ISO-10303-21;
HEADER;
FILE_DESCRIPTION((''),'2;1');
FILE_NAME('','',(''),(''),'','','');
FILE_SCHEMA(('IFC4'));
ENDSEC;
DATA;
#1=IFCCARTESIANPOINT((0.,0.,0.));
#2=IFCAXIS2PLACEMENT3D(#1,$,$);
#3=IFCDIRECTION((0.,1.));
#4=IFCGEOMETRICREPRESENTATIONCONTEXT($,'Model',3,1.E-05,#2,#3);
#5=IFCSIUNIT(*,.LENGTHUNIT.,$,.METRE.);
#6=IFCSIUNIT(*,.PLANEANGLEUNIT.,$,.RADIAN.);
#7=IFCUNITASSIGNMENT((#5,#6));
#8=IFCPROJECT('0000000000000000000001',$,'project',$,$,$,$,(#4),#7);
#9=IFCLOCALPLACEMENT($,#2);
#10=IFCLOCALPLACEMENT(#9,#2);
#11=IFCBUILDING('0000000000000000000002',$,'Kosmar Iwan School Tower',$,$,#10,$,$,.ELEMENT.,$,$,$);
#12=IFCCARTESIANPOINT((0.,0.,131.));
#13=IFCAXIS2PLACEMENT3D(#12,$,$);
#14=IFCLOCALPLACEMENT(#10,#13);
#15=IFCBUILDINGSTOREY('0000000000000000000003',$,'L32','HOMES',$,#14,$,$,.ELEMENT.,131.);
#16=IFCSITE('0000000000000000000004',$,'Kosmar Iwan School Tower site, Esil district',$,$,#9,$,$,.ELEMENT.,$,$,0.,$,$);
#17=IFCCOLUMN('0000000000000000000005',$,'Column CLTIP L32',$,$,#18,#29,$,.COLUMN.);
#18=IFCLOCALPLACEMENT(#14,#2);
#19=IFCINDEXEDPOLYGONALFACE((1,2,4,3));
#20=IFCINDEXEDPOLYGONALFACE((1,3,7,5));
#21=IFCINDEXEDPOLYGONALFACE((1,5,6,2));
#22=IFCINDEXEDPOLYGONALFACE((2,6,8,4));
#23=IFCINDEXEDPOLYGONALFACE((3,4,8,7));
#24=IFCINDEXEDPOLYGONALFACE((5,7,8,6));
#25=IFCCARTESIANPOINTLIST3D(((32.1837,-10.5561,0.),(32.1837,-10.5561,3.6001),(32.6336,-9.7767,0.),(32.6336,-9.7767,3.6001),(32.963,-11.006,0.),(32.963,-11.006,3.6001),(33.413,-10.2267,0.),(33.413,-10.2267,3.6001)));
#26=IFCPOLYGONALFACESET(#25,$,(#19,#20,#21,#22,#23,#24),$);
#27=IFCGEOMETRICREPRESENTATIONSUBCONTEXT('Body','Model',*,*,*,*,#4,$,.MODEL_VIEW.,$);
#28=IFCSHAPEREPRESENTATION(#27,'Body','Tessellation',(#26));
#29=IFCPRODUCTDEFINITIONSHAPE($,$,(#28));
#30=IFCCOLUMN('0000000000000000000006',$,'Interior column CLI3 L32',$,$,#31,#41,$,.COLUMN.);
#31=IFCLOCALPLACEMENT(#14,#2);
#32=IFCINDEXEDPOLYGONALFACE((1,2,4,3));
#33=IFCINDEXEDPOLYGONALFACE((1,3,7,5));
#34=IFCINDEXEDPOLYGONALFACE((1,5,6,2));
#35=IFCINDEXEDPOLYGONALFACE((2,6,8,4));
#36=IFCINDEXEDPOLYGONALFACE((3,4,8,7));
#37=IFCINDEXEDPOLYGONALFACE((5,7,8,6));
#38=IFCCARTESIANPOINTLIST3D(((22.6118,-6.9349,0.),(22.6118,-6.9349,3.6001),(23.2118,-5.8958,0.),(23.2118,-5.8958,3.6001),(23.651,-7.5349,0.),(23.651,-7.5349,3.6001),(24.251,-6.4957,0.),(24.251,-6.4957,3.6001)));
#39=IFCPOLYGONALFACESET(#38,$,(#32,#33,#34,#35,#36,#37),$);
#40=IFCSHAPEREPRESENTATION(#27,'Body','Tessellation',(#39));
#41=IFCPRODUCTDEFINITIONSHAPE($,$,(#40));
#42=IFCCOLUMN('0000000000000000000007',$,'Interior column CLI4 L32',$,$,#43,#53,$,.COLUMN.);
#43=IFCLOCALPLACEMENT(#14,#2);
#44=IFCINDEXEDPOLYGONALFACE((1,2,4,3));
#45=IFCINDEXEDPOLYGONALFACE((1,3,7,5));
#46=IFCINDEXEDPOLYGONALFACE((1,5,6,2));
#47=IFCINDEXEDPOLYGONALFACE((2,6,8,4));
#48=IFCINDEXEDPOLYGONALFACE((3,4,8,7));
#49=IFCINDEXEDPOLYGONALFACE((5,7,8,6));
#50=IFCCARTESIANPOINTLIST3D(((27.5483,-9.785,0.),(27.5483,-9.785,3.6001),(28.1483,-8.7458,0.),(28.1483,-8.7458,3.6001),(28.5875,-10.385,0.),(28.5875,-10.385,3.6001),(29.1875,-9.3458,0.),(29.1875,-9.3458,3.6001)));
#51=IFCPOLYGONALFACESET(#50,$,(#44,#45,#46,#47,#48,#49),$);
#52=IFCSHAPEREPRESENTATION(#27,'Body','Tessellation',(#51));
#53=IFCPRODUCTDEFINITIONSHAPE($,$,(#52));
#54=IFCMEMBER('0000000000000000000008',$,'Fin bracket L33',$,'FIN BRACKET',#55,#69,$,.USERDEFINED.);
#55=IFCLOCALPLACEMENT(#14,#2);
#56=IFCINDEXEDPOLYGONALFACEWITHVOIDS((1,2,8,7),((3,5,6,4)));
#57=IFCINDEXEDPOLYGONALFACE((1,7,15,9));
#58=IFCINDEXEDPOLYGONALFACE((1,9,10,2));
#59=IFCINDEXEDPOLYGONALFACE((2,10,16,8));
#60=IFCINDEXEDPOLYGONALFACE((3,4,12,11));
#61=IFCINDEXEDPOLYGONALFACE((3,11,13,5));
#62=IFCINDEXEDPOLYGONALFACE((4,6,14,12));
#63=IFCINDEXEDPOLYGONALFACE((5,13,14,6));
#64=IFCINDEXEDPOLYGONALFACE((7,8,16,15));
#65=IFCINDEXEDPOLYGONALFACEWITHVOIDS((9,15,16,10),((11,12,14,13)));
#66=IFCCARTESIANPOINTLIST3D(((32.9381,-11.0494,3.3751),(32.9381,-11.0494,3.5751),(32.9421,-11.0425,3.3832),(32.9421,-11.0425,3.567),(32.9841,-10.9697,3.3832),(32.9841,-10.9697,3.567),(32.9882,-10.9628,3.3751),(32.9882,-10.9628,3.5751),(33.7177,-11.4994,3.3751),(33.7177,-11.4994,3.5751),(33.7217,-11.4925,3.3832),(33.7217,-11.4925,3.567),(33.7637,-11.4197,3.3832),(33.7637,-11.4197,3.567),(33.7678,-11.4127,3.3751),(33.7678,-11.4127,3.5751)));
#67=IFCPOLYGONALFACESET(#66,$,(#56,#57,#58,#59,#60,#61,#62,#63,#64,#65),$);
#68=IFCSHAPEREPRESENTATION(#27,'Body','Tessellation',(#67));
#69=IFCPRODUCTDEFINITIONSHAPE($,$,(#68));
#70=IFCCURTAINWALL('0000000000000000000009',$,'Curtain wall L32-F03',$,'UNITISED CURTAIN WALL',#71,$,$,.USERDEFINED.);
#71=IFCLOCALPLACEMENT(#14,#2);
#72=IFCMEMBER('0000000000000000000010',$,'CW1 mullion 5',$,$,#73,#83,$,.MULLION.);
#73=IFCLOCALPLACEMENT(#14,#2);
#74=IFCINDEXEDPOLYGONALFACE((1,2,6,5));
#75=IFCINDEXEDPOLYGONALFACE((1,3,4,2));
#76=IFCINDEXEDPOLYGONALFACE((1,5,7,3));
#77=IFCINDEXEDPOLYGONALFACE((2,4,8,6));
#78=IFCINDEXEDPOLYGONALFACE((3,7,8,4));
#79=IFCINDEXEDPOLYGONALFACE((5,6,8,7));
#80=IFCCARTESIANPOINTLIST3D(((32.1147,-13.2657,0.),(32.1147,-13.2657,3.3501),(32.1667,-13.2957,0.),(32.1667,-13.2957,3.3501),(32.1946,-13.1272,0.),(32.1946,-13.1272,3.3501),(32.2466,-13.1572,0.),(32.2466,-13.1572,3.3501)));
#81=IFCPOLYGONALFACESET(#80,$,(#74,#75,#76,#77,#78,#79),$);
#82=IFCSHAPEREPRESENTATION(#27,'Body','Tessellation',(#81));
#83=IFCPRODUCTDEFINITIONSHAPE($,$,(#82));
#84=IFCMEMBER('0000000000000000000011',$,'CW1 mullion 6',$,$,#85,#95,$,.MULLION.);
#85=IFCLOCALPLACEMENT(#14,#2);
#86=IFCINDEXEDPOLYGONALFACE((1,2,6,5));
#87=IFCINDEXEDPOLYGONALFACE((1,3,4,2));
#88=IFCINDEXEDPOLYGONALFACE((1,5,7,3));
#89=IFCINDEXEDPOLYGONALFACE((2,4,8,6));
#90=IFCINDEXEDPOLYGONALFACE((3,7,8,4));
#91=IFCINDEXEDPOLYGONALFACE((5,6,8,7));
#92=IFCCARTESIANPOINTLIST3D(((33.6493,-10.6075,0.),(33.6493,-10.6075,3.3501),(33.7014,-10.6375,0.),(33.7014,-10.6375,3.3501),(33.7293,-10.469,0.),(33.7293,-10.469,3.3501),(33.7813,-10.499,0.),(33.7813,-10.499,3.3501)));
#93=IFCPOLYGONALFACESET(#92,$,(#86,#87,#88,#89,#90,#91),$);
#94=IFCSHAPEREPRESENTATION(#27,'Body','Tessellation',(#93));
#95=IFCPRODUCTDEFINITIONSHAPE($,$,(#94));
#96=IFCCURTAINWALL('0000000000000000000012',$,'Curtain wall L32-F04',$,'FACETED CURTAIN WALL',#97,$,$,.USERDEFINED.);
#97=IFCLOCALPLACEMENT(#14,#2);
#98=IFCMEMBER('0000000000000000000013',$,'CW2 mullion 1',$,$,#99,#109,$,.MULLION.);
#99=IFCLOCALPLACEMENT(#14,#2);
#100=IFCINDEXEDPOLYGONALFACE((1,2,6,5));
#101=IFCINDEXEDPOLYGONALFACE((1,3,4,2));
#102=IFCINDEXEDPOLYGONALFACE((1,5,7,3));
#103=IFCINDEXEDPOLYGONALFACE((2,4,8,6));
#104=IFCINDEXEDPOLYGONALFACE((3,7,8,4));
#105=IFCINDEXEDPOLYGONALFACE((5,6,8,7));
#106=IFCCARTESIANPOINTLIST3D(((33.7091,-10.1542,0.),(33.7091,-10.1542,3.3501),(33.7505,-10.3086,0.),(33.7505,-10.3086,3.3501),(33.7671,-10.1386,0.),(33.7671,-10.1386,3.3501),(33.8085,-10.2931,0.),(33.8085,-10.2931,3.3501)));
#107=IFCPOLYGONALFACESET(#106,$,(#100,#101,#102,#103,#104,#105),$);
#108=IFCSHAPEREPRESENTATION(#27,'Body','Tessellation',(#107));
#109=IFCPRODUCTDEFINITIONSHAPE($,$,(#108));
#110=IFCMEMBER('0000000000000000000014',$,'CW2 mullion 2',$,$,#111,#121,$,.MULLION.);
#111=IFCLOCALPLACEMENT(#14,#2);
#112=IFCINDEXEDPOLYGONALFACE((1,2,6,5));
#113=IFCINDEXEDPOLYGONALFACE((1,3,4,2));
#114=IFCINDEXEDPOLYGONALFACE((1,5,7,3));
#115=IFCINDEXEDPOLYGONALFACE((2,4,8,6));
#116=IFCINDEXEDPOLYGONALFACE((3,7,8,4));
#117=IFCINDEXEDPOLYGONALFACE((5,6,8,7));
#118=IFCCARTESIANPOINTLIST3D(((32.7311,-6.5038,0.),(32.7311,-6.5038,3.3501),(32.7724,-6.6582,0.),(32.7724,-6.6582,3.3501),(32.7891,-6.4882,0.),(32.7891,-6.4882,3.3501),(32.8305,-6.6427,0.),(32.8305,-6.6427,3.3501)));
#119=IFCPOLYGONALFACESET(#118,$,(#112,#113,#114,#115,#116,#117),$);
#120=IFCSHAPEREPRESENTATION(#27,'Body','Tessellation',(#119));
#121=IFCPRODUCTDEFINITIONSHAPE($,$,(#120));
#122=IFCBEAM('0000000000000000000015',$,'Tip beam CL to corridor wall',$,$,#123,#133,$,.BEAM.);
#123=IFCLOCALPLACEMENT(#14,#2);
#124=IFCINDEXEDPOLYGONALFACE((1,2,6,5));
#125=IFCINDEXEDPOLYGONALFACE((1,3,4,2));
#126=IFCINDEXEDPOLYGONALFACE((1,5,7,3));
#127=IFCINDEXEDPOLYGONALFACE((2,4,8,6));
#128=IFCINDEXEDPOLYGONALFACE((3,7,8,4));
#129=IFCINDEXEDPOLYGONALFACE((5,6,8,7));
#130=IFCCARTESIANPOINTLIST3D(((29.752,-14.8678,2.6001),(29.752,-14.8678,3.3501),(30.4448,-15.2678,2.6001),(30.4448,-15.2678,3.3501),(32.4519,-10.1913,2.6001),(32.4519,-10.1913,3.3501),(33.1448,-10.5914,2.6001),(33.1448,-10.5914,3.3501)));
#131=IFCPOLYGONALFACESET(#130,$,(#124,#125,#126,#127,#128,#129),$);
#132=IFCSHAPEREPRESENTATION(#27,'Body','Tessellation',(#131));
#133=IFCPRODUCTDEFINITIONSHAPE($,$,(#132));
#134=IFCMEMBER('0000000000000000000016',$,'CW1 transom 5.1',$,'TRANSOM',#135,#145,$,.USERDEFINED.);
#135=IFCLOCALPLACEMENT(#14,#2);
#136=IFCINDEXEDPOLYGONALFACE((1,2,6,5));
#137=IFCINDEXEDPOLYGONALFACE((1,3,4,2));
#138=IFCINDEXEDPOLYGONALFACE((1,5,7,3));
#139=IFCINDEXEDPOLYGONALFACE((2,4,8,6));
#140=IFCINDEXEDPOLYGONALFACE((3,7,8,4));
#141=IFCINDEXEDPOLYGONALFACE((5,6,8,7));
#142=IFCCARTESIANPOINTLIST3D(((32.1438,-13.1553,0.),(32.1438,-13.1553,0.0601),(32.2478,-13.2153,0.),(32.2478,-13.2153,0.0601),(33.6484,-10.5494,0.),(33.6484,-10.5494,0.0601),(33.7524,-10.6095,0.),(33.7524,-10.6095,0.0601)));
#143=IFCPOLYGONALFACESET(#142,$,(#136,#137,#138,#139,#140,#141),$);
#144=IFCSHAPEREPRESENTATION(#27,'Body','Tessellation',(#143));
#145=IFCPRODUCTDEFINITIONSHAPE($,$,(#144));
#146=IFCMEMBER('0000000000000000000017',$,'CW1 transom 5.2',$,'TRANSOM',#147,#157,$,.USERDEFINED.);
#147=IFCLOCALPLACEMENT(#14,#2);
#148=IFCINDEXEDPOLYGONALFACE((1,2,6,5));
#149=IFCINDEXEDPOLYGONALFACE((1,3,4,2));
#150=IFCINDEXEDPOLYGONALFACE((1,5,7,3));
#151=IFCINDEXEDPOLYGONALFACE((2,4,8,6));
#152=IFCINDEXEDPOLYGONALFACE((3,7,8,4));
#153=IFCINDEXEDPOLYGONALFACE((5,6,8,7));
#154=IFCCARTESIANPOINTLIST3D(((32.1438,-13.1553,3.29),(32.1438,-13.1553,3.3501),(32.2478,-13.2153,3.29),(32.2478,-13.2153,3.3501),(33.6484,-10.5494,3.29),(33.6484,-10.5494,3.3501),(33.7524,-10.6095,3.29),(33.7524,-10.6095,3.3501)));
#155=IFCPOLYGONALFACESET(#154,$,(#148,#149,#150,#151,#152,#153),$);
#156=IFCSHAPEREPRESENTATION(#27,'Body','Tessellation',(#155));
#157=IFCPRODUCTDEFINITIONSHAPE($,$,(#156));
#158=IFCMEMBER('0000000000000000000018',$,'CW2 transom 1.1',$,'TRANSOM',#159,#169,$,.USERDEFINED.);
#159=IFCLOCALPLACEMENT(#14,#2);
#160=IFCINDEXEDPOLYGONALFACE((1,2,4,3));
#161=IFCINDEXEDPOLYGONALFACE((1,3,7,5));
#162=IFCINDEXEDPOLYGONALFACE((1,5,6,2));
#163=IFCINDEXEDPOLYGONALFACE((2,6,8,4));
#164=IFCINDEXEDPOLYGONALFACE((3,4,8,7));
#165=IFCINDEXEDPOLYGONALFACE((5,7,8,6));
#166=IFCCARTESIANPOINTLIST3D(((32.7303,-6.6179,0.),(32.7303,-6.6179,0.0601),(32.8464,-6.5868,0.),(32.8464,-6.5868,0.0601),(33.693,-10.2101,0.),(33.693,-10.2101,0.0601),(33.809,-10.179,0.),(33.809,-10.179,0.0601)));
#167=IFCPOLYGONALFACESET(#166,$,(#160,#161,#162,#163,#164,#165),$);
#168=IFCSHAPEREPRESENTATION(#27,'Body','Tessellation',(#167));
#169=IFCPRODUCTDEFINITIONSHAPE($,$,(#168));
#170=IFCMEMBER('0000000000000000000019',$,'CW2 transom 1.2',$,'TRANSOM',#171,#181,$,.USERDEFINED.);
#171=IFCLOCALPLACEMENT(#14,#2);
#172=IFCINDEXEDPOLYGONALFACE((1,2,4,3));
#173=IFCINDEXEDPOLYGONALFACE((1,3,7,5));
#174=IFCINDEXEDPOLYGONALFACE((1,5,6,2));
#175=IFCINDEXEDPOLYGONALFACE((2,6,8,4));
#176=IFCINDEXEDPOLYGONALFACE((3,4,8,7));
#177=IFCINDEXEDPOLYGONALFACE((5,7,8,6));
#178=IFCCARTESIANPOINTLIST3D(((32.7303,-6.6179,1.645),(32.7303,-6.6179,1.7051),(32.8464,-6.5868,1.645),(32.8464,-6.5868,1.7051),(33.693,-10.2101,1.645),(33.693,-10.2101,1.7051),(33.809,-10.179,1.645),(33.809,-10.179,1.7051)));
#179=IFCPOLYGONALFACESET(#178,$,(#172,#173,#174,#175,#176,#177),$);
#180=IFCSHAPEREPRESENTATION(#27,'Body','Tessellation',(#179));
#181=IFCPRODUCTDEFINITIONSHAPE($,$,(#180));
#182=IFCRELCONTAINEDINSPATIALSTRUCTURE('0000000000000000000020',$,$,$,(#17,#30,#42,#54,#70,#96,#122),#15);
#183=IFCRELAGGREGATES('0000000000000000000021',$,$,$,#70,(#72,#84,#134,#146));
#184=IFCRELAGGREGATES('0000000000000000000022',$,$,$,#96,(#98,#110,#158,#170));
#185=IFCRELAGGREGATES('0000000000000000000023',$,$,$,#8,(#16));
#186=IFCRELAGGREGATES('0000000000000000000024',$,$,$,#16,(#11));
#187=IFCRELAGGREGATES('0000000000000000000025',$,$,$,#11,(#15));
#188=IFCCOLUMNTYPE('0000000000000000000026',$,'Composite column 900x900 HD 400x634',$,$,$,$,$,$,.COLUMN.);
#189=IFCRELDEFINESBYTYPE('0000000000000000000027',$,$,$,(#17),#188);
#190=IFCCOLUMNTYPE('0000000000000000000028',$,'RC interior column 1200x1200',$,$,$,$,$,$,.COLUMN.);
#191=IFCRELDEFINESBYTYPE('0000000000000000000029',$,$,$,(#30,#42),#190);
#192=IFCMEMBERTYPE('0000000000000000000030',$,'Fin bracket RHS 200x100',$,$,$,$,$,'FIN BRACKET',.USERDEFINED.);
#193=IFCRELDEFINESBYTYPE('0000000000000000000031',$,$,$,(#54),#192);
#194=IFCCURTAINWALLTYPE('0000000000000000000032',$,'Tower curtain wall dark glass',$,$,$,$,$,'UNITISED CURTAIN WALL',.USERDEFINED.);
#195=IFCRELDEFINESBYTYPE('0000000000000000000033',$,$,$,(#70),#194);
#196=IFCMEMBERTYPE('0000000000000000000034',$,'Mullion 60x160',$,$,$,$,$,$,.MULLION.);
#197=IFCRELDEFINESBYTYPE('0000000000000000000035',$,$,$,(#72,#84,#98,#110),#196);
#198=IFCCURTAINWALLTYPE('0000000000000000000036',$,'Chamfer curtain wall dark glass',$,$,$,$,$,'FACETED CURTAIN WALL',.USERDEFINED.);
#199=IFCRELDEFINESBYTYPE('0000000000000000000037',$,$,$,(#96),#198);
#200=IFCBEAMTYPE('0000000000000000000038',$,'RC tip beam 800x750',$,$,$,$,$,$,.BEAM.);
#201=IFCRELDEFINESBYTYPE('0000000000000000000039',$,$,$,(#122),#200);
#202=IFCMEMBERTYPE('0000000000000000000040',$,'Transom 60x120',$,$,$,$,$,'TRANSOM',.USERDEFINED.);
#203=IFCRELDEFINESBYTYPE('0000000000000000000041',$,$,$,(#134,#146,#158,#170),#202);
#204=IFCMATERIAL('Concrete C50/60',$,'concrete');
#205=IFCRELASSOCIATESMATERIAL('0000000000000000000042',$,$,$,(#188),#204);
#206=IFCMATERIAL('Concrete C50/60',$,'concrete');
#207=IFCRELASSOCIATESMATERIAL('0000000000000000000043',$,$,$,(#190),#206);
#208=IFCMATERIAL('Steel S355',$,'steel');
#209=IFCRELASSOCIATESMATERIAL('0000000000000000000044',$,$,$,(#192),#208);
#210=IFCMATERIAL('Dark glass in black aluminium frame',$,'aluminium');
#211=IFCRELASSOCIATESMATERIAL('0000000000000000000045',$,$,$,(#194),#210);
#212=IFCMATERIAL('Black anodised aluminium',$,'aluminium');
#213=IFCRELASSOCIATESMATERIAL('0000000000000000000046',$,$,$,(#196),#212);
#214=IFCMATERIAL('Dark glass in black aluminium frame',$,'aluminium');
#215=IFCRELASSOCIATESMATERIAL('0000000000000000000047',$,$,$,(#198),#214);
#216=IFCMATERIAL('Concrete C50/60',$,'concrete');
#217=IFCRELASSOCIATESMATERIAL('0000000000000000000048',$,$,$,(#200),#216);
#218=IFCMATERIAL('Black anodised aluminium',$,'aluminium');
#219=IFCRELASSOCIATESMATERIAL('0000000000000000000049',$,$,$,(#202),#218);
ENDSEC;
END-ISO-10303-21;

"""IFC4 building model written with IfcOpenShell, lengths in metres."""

from ifc_helpers import new_model, si_unit, direction, frame, origin, origin_2d, place, context, subcontext, project, spatial, rectangle, hollow_rectangle, extrude, material, material_profile, profile_set, type_object, element, aggregate, save


model = new_model("IFC4")

# Units and contexts
model_context = context("Model", 3, precision=1e-05, world=origin(), true_north=direction((0.0, 1.0)))
body_context = subcontext(model_context, "Body", "Model", "MODEL_VIEW")
ifc_project = project(units=[si_unit("LENGTHUNIT", "METRE"), si_unit("PLANEANGLEUNIT", "RADIAN")], contexts=[model_context])

# Site, building, storey
site_placement = place(None, origin())
site = spatial("IfcSite", under=ifc_project, at=site_placement, Name="Kosmar Iwan School Tower site, Esil district", CompositionType="ELEMENT", RefElevation=0.0)
building_placement = place(site_placement, origin())
building = spatial("IfcBuilding", under=site, at=building_placement, Name="Kosmar Iwan School Tower", CompositionType="ELEMENT")
storey_placement = place(building_placement, frame((0.0, 0.0, 131.0)))
storey = spatial("IfcBuildingStorey", under=building, at=storey_placement, Name="L32", Description="HOMES", CompositionType="ELEMENT", Elevation=131.0)

# Columns
ifc_material_1 = material(Name="Concrete C50/60", Category="concrete")
ifc_material_profile_1 = material_profile(ifc_material_1, rectangle(XDim=0.8999, YDim=0.8999, at=origin_2d()), Name="RC 900x900 + HD 400x634")
ifc_profile_set_1 = profile_set([ifc_material_profile_1], Name="Concrete C50/60")
column_type_1 = type_object("IfcColumnType", Name="Composite column 900x900 HD 400x634", PredefinedType="COLUMN", material=ifc_profile_set_1)
column_placement = place(storey_placement, frame((32.7983, -10.3914, 0.0), z_axis=(0.0, 0.0, 1.0), x_axis=(0.866025, -0.5, 0.0)))
element("IfcColumn", 1, at=column_placement, inside=storey, type_object=column_type_1, Name="Column CLTIP L32", PredefinedType="COLUMN", context=body_context, shape_type="SweptSolid", body=[
    extrude(rectangle(XDim=0.8999, YDim=0.8999, at=origin_2d()), origin(), (0.0, 0.0, 1.0), 3.6001),
])
ifc_material_2 = material(Name="Concrete C50/60", Category="concrete")
ifc_material_profile_2 = material_profile(ifc_material_2, rectangle(XDim=1.2, YDim=1.2, at=origin_2d()), Name="RC 1200x1200")
ifc_profile_set_2 = profile_set([ifc_material_profile_2], Name="Concrete C50/60")
column_type_2 = type_object("IfcColumnType", Name="RC interior column 1200x1200", PredefinedType="COLUMN", material=ifc_profile_set_2)
for number, where, z_axis, x_axis, name in (
    (2, (23.4314, -6.7153, 0.0), (0.0, 0.0, 1.0), (0.866025, -0.5, 0.0), "Interior column CLI3 L32"),
    (3, (28.3679, -9.5654, 0.0), (0.0, 0.0, 1.0), (0.866025, -0.5, 0.0), "Interior column CLI4 L32"),
):
    element("IfcColumn", number, at=place(storey_placement, frame(where, z_axis=z_axis, x_axis=x_axis)), inside=storey, type_object=column_type_2, Name=name, PredefinedType="COLUMN", context=body_context, shape_type="SweptSolid", body=[
        extrude(rectangle(XDim=1.2, YDim=1.2, at=origin_2d()), origin(), (0.0, 0.0, 1.0), 3.6001),
    ])

# Member
ifc_material_3 = material(Name="Steel S355", Category="steel")
ifc_material_profile_3 = material_profile(ifc_material_3, hollow_rectangle(XDim=0.1001, YDim=0.2, WallThickness=0.0081, at=origin_2d()), Name="RHS 200x100x8")
ifc_profile_set_3 = profile_set([ifc_material_profile_3], Name="Steel S355")
member_type_1 = type_object("IfcMemberType", Name="Fin bracket RHS 200x100", ElementType="FIN BRACKET", PredefinedType="USERDEFINED", material=ifc_profile_set_3)
member_1_placement = place(storey_placement, frame((32.9631, -11.0061, 3.4751), z_axis=(0.866082, -0.499902, 0.0), x_axis=(0.499902, 0.866082, 0.0)))
element("IfcMember", 4, at=member_1_placement, inside=storey, type_object=member_type_1, Name="Fin bracket L33", ObjectType="FIN BRACKET", PredefinedType="USERDEFINED", context=body_context, shape_type="SweptSolid", body=[
    extrude(hollow_rectangle(XDim=0.1001, YDim=0.2, WallThickness=0.0081, at=origin_2d()), origin(), (0.0, 0.0, 1.0), 0.9001),
])

# Curtain walls, members
ifc_material_4 = material(Name="Dark glass in black aluminium frame", Category="aluminium")
curtain_wall_type_1 = type_object("IfcCurtainWallType", Name="Tower curtain wall dark glass", ElementType="UNITISED CURTAIN WALL", PredefinedType="USERDEFINED", material=ifc_material_4)
curtain_wall_1_placement = place(storey_placement, origin())
curtain_wall_1 = element("IfcCurtainWall", 5, at=curtain_wall_1_placement, inside=storey, type_object=curtain_wall_type_1, Name="Curtain wall L32-F03", ObjectType="UNITISED CURTAIN WALL", PredefinedType="USERDEFINED")
ifc_material_5 = material(Name="Black anodised aluminium", Category="aluminium")
ifc_material_profile_4 = material_profile(ifc_material_5, rectangle(XDim=0.0601, YDim=0.1599, at=origin_2d()), Name="MULLION 60x160")
ifc_profile_set_4 = profile_set([ifc_material_profile_4], Name="Black anodised aluminium")
member_type_2 = type_object("IfcMemberType", Name="Mullion 60x160", PredefinedType="MULLION", material=ifc_profile_set_4)
member_2_placement = place(storey_placement, frame((32.1807, -13.2114, 0.0), z_axis=(0.0, 0.0, 1.0), x_axis=(-0.866025, 0.5, 0.0)))
member_2 = element("IfcMember", 6, at=member_2_placement, type_object=member_type_2, Name="CW1 mullion 5", PredefinedType="MULLION", context=body_context, shape_type="SweptSolid", body=[
    extrude(rectangle(XDim=0.0601, YDim=0.1599, at=origin_2d()), origin(), (0.0, 0.0, 1.0), 3.3501),
])
member_3_placement = place(storey_placement, frame((33.7153, -10.5532, 0.0), z_axis=(0.0, 0.0, 1.0), x_axis=(-0.866025, 0.5, 0.0)))
member_3 = element("IfcMember", 7, at=member_3_placement, type_object=member_type_2, Name="CW1 mullion 6", PredefinedType="MULLION", context=body_context, shape_type="SweptSolid", body=[
    extrude(rectangle(XDim=0.0601, YDim=0.1599, at=origin_2d()), origin(), (0.0, 0.0, 1.0), 3.3501),
])
ifc_material_6 = material(Name="Dark glass in black aluminium frame", Category="aluminium")
curtain_wall_type_2 = type_object("IfcCurtainWallType", Name="Chamfer curtain wall dark glass", ElementType="FACETED CURTAIN WALL", PredefinedType="USERDEFINED", material=ifc_material_6)
curtain_wall_2_placement = place(storey_placement, origin())
curtain_wall_2 = element("IfcCurtainWall", 8, at=curtain_wall_2_placement, inside=storey, type_object=curtain_wall_type_2, Name="Curtain wall L32-F04", ObjectType="FACETED CURTAIN WALL", PredefinedType="USERDEFINED")
member_4_placement = place(storey_placement, frame((33.7588, -10.2236, 0.0), z_axis=(0.0, 0.0, 1.0), x_axis=(-0.965926, -0.258819, 0.0)))
member_4 = element("IfcMember", 9, at=member_4_placement, type_object=member_type_2, Name="CW2 mullion 1", PredefinedType="MULLION", context=body_context, shape_type="SweptSolid", body=[
    extrude(rectangle(XDim=0.0601, YDim=0.1599, at=origin_2d()), origin(), (0.0, 0.0, 1.0), 3.3501),
])
member_5_placement = place(storey_placement, frame((32.7808, -6.5732, 0.0), z_axis=(0.0, 0.0, 1.0), x_axis=(-0.965926, -0.258819, 0.0)))
member_5 = element("IfcMember", 10, at=member_5_placement, type_object=member_type_2, Name="CW2 mullion 2", PredefinedType="MULLION", context=body_context, shape_type="SweptSolid", body=[
    extrude(rectangle(XDim=0.0601, YDim=0.1599, at=origin_2d()), origin(), (0.0, 0.0, 1.0), 3.3501),
])

# Beam
ifc_material_7 = material(Name="Concrete C50/60", Category="concrete")
ifc_material_profile_5 = material_profile(ifc_material_7, rectangle(XDim=0.8, YDim=0.75, at=origin_2d()), Name="RC 800x750")
ifc_profile_set_5 = profile_set([ifc_material_profile_5], Name="Concrete C50/60")
beam_type = type_object("IfcBeamType", Name="RC tip beam 800x750", PredefinedType="BEAM", material=ifc_profile_set_5)
beam_placement = place(storey_placement, frame((32.7983, -10.3914, 2.9751), z_axis=(-0.499995, -0.866028, 0.0), x_axis=(0.866028, -0.499995, 0.0)))
element("IfcBeam", 11, at=beam_placement, inside=storey, type_object=beam_type, Name="Tip beam CL to corridor wall", PredefinedType="BEAM", context=body_context, shape_type="SweptSolid", body=[
    extrude(rectangle(XDim=0.8, YDim=0.75, at=origin_2d()), origin(), (0.0, 0.0, 1.0), 5.3999),
])

# Members
ifc_material_8 = material(Name="Black anodised aluminium", Category="aluminium")
ifc_material_profile_6 = material_profile(ifc_material_8, rectangle(XDim=0.1201, YDim=0.0601, at=origin_2d()), Name="TRANSOM 60x120")
ifc_profile_set_6 = profile_set([ifc_material_profile_6], Name="Black anodised aluminium")
member_type_3 = type_object("IfcMemberType", Name="Transom 60x120", ElementType="TRANSOM", PredefinedType="USERDEFINED", material=ifc_profile_set_6)
member_6_placement = place(storey_placement, frame((32.1958, -13.1853, 0.03), z_axis=(0.500022, 0.866013, 0.0), x_axis=(-0.866013, 0.500022, 0.0)))
member_6 = element("IfcMember", 12, at=member_6_placement, type_object=member_type_3, Name="CW1 transom 5.1", ObjectType="TRANSOM", PredefinedType="USERDEFINED", context=body_context, shape_type="SweptSolid", body=[
    extrude(rectangle(XDim=0.1201, YDim=0.0601, at=origin_2d()), origin(), (0.0, 0.0, 1.0), 3.009),
])
member_7_placement = place(storey_placement, frame((32.1958, -13.1853, 3.3201), z_axis=(0.500022, 0.866013, 0.0), x_axis=(-0.866013, 0.500022, 0.0)))
member_7 = element("IfcMember", 13, at=member_7_placement, type_object=member_type_3, Name="CW1 transom 5.2", ObjectType="TRANSOM", PredefinedType="USERDEFINED", context=body_context, shape_type="SweptSolid", body=[
    extrude(rectangle(XDim=0.1201, YDim=0.0601, at=origin_2d()), origin(), (0.0, 0.0, 1.0), 3.009),
])
member_8_placement = place(storey_placement, frame((33.751, -10.1946, 0.03), z_axis=(-0.258843, 0.965919, 0.0), x_axis=(-0.965919, -0.258843, 0.0)))
member_8 = element("IfcMember", 14, at=member_8_placement, type_object=member_type_3, Name="CW2 transom 1.1", ObjectType="TRANSOM", PredefinedType="USERDEFINED", context=body_context, shape_type="SweptSolid", body=[
    extrude(rectangle(XDim=0.1201, YDim=0.0601, at=origin_2d()), origin(), (0.0, 0.0, 1.0), 3.719),
])
member_9_placement = place(storey_placement, frame((33.751, -10.1946, 1.675), z_axis=(-0.258843, 0.965919, 0.0), x_axis=(-0.965919, -0.258843, 0.0)))
member_9 = element("IfcMember", 15, at=member_9_placement, type_object=member_type_3, Name="CW2 transom 1.2", ObjectType="TRANSOM", PredefinedType="USERDEFINED", context=body_context, shape_type="SweptSolid", body=[
    extrude(rectangle(XDim=0.1201, YDim=0.0601, at=origin_2d()), origin(), (0.0, 0.0, 1.0), 3.719),
])

aggregate(curtain_wall_1, [member_2, member_3, member_6, member_7])
aggregate(curtain_wall_2, [member_4, member_5, member_8, member_9])

save(model, "model.ifc")
